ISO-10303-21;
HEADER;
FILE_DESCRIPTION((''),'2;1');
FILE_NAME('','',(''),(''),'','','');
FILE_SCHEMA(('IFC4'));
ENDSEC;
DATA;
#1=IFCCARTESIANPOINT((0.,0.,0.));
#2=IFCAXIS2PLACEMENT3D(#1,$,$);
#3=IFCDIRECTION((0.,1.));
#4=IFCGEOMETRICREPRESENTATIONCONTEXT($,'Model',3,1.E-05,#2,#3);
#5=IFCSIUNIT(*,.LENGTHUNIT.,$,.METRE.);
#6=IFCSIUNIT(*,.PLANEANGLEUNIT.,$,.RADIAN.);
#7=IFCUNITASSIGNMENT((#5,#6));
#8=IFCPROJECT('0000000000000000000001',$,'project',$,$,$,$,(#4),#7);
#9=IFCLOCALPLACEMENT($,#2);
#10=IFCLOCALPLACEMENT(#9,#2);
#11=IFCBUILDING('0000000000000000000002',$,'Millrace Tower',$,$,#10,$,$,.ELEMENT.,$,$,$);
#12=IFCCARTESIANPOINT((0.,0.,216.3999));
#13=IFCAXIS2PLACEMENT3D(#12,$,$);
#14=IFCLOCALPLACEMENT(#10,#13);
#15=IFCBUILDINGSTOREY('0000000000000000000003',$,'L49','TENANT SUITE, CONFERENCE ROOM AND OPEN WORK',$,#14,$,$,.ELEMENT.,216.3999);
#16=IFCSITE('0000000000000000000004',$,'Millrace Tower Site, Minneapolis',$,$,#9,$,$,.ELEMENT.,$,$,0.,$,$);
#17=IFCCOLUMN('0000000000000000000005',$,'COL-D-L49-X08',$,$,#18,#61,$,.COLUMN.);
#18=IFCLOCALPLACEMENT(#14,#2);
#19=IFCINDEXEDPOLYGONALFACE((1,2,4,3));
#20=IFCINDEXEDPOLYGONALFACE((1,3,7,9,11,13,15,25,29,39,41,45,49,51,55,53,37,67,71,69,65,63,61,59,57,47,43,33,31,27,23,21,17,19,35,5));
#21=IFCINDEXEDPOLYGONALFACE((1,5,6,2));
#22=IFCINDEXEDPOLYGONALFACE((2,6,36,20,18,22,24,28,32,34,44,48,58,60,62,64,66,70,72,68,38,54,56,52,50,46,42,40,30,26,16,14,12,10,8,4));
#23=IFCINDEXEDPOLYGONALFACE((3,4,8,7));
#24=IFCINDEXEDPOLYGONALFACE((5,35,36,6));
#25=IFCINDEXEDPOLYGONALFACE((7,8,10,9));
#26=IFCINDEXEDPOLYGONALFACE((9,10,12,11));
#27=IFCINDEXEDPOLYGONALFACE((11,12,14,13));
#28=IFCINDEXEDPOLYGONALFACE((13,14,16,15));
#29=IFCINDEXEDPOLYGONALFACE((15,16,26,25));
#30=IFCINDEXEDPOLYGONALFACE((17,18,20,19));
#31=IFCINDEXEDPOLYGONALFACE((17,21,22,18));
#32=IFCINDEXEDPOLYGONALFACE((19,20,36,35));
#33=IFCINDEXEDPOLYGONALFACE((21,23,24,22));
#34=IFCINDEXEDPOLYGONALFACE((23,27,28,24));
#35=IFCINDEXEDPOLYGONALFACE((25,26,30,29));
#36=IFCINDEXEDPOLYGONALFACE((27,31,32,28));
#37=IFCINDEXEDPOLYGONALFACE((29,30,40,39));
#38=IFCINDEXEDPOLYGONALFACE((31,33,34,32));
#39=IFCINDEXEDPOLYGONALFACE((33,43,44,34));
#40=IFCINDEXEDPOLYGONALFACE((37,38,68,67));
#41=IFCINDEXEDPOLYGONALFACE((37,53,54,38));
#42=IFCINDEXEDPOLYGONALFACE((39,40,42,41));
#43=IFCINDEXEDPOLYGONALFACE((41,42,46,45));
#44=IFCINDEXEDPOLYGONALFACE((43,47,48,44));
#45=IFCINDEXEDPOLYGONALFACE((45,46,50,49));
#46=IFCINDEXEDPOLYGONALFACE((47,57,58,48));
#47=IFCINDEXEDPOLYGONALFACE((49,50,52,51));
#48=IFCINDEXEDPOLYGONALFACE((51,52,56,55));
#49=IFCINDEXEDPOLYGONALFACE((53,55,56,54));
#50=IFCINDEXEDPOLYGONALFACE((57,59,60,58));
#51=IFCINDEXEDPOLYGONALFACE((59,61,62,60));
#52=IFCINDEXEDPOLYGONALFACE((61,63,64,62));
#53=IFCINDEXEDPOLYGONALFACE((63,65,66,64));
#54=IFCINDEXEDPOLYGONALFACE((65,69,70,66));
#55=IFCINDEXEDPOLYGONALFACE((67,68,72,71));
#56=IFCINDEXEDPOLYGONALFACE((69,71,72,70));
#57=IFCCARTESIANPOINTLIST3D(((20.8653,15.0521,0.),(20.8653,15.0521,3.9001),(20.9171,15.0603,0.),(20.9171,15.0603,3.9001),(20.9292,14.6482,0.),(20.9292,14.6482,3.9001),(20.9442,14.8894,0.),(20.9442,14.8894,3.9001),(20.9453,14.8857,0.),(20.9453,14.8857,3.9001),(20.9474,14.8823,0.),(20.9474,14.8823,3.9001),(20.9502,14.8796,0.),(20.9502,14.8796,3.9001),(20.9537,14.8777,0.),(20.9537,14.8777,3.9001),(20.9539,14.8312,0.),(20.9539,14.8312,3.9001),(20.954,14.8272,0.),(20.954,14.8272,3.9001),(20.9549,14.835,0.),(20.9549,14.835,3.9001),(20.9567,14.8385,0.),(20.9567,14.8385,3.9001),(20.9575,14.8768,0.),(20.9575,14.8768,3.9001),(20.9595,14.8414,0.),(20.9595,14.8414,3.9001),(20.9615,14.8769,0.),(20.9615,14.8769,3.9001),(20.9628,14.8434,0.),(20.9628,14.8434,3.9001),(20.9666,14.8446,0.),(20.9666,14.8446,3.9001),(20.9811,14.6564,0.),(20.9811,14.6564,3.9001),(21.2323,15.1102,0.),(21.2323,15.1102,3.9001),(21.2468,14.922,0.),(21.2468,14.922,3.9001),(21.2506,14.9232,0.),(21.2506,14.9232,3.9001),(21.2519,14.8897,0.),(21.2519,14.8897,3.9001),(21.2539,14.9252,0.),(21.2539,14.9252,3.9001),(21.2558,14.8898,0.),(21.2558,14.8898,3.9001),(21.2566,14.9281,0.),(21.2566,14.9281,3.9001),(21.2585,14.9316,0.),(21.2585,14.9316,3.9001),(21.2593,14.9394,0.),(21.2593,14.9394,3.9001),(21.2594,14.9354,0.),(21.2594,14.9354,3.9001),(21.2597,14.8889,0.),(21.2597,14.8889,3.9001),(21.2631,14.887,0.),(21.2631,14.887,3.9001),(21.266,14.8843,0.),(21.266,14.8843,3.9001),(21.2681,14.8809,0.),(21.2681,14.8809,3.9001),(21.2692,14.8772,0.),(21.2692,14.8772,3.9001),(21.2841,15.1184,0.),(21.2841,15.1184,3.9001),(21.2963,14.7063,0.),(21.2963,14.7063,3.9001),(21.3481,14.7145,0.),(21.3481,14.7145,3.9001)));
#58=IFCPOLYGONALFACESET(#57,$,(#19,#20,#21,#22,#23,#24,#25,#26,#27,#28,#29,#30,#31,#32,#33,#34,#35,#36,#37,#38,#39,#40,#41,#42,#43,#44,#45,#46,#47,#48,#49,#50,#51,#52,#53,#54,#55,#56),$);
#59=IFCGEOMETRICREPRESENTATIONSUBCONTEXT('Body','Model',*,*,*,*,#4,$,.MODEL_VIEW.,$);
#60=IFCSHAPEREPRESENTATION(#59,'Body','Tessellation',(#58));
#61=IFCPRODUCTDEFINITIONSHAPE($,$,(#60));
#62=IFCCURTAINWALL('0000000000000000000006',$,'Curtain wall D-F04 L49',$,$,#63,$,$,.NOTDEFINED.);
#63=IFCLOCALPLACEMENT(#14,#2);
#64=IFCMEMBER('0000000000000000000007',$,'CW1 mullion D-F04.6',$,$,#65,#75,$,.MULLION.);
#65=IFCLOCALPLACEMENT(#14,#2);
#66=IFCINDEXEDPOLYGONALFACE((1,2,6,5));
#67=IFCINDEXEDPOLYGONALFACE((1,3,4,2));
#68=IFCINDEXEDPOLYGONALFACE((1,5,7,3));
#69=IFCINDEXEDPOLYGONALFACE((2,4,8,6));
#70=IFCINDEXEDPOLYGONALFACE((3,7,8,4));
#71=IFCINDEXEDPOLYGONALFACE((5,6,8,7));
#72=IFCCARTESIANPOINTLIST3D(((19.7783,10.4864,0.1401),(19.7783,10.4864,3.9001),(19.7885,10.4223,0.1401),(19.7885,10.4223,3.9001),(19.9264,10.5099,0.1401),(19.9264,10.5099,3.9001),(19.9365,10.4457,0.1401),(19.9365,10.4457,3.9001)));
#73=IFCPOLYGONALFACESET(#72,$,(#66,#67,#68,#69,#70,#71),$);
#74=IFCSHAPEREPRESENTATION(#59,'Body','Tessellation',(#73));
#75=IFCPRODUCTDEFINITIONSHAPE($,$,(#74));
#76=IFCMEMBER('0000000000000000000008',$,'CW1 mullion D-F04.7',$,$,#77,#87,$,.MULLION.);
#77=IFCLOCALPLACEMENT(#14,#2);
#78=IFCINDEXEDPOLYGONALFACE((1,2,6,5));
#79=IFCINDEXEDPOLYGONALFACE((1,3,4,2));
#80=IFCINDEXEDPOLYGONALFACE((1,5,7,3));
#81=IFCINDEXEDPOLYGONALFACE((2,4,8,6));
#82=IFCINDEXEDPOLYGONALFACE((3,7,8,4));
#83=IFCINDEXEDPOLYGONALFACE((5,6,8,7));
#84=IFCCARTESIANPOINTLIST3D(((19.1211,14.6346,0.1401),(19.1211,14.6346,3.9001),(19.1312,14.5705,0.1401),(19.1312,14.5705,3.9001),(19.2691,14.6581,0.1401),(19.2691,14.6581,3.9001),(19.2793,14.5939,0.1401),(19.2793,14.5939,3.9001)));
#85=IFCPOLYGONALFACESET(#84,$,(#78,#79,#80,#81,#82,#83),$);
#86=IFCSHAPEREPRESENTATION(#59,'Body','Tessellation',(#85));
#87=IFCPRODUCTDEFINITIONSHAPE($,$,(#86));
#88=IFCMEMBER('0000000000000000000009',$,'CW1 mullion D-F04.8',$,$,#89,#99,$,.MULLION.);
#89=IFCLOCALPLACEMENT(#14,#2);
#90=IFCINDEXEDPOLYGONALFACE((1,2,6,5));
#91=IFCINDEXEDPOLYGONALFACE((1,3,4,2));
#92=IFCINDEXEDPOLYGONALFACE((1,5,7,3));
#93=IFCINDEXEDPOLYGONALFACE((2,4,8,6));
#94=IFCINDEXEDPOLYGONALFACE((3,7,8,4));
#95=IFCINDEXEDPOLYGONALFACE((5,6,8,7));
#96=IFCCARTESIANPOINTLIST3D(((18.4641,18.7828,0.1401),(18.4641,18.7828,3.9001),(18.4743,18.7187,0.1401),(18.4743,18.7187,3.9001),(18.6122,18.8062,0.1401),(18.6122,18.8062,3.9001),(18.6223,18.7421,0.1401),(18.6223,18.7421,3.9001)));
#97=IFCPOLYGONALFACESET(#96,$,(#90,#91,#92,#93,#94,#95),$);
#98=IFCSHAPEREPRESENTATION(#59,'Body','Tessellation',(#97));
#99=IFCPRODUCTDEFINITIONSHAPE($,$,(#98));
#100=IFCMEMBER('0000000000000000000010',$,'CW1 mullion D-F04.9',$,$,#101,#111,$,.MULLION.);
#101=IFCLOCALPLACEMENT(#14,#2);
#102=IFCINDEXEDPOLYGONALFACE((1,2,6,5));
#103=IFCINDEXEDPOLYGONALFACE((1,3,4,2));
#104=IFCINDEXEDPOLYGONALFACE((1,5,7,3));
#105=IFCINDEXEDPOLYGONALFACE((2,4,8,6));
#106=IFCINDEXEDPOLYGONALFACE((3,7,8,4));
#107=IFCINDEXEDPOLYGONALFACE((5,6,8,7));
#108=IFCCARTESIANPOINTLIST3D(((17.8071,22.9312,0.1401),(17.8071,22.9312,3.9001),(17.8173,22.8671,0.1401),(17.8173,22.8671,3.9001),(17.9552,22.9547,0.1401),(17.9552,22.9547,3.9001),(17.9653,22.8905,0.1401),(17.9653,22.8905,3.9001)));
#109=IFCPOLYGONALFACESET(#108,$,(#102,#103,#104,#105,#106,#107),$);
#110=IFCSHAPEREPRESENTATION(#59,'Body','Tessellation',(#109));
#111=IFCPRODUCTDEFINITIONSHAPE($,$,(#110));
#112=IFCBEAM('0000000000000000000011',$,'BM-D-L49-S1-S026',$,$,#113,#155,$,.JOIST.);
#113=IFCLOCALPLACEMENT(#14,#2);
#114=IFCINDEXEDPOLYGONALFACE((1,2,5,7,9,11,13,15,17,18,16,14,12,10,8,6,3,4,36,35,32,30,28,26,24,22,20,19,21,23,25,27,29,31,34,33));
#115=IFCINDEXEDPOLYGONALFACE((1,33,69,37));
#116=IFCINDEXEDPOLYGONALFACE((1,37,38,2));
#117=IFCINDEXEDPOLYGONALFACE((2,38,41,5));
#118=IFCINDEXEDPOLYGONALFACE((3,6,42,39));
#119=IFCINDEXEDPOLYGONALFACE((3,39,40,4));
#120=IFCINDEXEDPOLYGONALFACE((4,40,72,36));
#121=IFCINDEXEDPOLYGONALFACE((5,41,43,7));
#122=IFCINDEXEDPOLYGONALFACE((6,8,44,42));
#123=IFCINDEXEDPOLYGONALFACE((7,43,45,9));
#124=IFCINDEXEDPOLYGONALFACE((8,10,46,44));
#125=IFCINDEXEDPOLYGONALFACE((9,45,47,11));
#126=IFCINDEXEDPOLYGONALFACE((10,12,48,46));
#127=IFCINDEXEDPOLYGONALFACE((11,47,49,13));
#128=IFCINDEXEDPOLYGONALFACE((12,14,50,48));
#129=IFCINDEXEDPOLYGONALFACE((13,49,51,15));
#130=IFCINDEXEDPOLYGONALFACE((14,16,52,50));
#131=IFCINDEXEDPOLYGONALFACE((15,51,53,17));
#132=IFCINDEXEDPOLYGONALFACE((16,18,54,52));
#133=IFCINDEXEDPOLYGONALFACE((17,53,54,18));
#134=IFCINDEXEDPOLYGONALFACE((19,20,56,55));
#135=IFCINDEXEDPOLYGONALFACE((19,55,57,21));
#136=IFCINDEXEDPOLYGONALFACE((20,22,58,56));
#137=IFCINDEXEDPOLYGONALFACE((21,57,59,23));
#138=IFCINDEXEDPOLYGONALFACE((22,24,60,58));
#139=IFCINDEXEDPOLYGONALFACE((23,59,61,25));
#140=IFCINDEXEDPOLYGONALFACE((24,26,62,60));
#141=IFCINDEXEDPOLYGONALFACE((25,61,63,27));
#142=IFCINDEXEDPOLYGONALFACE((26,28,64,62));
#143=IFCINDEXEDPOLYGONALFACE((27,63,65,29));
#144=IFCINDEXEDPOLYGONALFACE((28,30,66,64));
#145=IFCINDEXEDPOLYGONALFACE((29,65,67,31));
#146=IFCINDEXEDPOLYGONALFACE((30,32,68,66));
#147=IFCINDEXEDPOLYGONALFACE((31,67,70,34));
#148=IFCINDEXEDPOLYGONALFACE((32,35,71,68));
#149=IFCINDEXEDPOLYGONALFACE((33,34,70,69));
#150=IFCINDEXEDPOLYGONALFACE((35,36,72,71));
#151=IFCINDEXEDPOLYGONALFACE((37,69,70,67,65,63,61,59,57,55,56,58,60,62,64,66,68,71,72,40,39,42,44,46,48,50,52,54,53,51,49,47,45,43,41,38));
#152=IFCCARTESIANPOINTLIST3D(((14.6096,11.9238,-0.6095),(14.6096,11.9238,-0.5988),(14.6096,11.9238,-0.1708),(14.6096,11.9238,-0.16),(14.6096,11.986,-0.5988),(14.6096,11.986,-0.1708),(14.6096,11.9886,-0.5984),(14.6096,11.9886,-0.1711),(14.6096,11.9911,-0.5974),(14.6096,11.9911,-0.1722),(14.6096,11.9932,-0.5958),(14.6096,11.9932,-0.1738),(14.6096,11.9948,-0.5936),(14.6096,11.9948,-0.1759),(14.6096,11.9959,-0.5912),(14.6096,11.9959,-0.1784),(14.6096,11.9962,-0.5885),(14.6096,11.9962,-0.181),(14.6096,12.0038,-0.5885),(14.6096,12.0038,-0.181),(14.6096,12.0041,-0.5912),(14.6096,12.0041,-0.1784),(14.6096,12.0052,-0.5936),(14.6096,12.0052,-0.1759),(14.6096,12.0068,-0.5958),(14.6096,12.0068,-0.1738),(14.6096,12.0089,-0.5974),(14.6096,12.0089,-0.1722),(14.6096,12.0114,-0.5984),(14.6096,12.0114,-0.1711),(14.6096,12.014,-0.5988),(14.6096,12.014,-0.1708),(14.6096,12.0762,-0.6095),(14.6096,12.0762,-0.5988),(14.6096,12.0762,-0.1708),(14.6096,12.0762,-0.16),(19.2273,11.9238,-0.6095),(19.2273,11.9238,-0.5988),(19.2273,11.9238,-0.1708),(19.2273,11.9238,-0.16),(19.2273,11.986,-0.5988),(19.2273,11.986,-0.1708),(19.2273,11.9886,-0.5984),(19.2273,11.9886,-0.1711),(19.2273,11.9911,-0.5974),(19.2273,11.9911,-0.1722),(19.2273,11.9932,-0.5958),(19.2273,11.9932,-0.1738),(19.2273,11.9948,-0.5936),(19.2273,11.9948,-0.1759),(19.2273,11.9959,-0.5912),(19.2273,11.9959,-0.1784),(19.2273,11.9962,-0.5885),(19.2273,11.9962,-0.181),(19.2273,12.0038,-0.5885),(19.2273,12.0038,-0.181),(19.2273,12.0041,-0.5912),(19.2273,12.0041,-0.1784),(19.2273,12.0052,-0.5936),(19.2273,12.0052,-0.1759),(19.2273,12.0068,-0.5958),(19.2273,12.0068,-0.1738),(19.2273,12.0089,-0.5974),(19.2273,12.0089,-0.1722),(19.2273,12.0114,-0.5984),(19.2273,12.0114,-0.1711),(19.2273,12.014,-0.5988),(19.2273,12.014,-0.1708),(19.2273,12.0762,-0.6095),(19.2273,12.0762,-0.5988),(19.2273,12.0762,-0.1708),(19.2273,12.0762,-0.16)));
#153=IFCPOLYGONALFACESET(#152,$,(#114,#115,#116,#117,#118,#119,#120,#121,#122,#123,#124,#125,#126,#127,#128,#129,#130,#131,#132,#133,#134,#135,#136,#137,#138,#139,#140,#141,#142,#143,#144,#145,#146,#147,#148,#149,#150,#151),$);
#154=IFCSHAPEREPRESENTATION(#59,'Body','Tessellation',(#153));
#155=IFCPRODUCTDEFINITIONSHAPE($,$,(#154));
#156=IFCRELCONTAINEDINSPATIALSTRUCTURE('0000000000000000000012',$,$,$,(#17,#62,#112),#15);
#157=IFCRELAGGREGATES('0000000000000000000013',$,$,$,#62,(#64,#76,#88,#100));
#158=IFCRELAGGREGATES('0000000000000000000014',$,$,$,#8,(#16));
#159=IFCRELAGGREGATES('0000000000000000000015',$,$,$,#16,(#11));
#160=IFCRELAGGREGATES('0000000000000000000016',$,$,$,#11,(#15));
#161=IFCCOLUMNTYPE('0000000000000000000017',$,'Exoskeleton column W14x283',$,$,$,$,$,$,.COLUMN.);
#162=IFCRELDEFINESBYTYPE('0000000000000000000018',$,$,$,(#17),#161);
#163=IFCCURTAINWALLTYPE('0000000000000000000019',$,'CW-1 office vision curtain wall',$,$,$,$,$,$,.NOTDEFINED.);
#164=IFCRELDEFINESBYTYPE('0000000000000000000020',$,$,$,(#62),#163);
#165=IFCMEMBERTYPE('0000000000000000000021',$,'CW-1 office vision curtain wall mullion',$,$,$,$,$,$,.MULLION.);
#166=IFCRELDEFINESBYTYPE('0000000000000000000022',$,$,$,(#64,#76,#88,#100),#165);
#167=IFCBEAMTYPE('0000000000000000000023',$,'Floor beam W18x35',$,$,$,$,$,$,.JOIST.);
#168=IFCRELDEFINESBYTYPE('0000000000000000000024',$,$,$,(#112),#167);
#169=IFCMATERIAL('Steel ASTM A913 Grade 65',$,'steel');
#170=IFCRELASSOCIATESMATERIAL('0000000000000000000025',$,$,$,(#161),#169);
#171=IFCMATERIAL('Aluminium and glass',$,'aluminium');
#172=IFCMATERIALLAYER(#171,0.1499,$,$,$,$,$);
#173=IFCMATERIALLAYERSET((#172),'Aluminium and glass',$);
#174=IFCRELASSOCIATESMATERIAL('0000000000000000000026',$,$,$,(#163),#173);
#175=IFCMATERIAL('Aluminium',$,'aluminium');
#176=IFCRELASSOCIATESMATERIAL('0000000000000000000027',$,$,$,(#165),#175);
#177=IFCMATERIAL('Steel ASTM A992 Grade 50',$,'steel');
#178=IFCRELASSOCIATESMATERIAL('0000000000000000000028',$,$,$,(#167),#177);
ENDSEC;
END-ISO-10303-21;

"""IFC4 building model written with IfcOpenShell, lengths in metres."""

from ifc_helpers import new_model, si_unit, direction, frame, origin, origin_2d, place, context, subcontext, project, spatial, rectangle, i_section, extrude, material, layer, layer_set, material_profile, profile_set, type_object, element, aggregate, save


model = new_model("IFC4")

# Units and contexts
model_context = context("Model", 3, precision=1e-05, world=origin(), true_north=direction((0.0, 1.0)))
body_context = subcontext(model_context, "Body", "Model", "MODEL_VIEW")
ifc_project = project(units=[si_unit("LENGTHUNIT", "METRE"), si_unit("PLANEANGLEUNIT", "RADIAN")], contexts=[model_context])

# Site, building, storey
site_placement = place(None, origin())
site = spatial("IfcSite", under=ifc_project, at=site_placement, Name="Millrace Tower Site, Minneapolis", CompositionType="ELEMENT", RefElevation=0.0)
building_placement = place(site_placement, origin())
building = spatial("IfcBuilding", under=site, at=building_placement, Name="Millrace Tower", CompositionType="ELEMENT")
storey_placement = place(building_placement, frame((0.0, 0.0, 216.3999)))
storey = spatial("IfcBuildingStorey", under=building, at=storey_placement, Name="L49", Description="TENANT SUITE, CONFERENCE ROOM AND OPEN WORK", CompositionType="ELEMENT", Elevation=216.3999)

# Column
ifc_material_1 = material(Name="Steel ASTM A913 Grade 65", Category="steel")
ifc_material_profile_1 = material_profile(ifc_material_1, i_section(OverallWidth=0.4089, OverallDepth=0.4241, WebThickness=0.0327, FlangeThickness=0.0525, FilletRadius=0.0151, at=origin_2d()))
ifc_profile_set_1 = profile_set([ifc_material_profile_1], Name="Steel ASTM A913 Grade 65")
column_type = type_object("IfcColumnType", Name="Exoskeleton column W14x283", PredefinedType="COLUMN", material=ifc_profile_set_1)
column_placement = place(storey_placement, frame((21.1067, 14.8833, 0.0), z_axis=(0.0, 0.0, 1.0), x_axis=(-0.156434, 0.987688, 0.0)))
element("IfcColumn", 1, at=column_placement, inside=storey, type_object=column_type, Name="COL-D-L49-X08", PredefinedType="COLUMN", context=body_context, shape_type="SweptSolid", body=[
    extrude(i_section(OverallWidth=0.4089, OverallDepth=0.4241, WebThickness=0.0327, FlangeThickness=0.0525, FilletRadius=0.0151, at=origin_2d()), origin(), (0.0, 0.0, 1.0), 3.9001),
])

# Curtain wall, members
ifc_material_2 = material(Name="Aluminium and glass", Category="aluminium")
ifc_layer_1 = layer(ifc_material_2, 0.1499)
ifc_layer_set_1 = layer_set([ifc_layer_1], Name="Aluminium and glass")
curtain_wall_type = type_object("IfcCurtainWallType", Name="CW-1 office vision curtain wall", PredefinedType="NOTDEFINED", material=ifc_layer_set_1)
curtain_wall_placement = place(storey_placement, origin())
curtain_wall = element("IfcCurtainWall", 2, at=curtain_wall_placement, inside=storey, type_object=curtain_wall_type, Name="Curtain wall D-F04 L49", PredefinedType="NOTDEFINED")
ifc_material_3 = material(Name="Aluminium", Category="aluminium")
ifc_material_profile_2 = material_profile(ifc_material_3, rectangle(XDim=0.0649, YDim=0.1499, at=origin_2d()))
ifc_profile_set_2 = profile_set([ifc_material_profile_2], Name="Aluminium")
member_type = type_object("IfcMemberType", Name="CW-1 office vision curtain wall mullion", PredefinedType="MULLION", material=ifc_profile_set_2)
member_1_placement = place(storey_placement, frame((19.8574, 10.4661, 0.1401), z_axis=(0.0, 0.0, 1.0), x_axis=(-0.156434, 0.987688, 0.0)))
member_1 = element("IfcMember", 3, at=member_1_placement, type_object=member_type, Name="CW1 mullion D-F04.6", PredefinedType="MULLION", context=body_context, shape_type="SweptSolid", body=[
    extrude(rectangle(XDim=0.0649, YDim=0.1499, at=origin_2d()), origin(), (0.0, 0.0, 1.0), 3.76),
])
member_2_placement = place(storey_placement, frame((19.2002, 14.6143, 0.1401), z_axis=(0.0, 0.0, 1.0), x_axis=(-0.156434, 0.987688, 0.0)))
member_2 = element("IfcMember", 4, at=member_2_placement, type_object=member_type, Name="CW1 mullion D-F04.7", PredefinedType="MULLION", context=body_context, shape_type="SweptSolid", body=[
    extrude(rectangle(XDim=0.0649, YDim=0.1499, at=origin_2d()), origin(), (0.0, 0.0, 1.0), 3.76),
])
member_3_placement = place(storey_placement, frame((18.5432, 18.7625, 0.1401), z_axis=(0.0, 0.0, 1.0), x_axis=(-0.156434, 0.987688, 0.0)))
member_3 = element("IfcMember", 5, at=member_3_placement, type_object=member_type, Name="CW1 mullion D-F04.8", PredefinedType="MULLION", context=body_context, shape_type="SweptSolid", body=[
    extrude(rectangle(XDim=0.0649, YDim=0.1499, at=origin_2d()), origin(), (0.0, 0.0, 1.0), 3.76),
])
member_4_placement = place(storey_placement, frame((17.8862, 22.9109, 0.1401), z_axis=(0.0, 0.0, 1.0), x_axis=(-0.156434, 0.987688, 0.0)))
member_4 = element("IfcMember", 6, at=member_4_placement, type_object=member_type, Name="CW1 mullion D-F04.9", PredefinedType="MULLION", context=body_context, shape_type="SweptSolid", body=[
    extrude(rectangle(XDim=0.0649, YDim=0.1499, at=origin_2d()), origin(), (0.0, 0.0, 1.0), 3.76),
])
aggregate(curtain_wall, [member_1, member_2, member_3, member_4])

# Beam
ifc_material_4 = material(Name="Steel ASTM A992 Grade 50", Category="steel")
ifc_material_profile_3 = material_profile(ifc_material_4, i_section(OverallWidth=0.1523, OverallDepth=0.4495, WebThickness=0.0076, FlangeThickness=0.0107, FilletRadius=0.0103, at=origin_2d()))
ifc_profile_set_3 = profile_set([ifc_material_profile_3], Name="Steel ASTM A992 Grade 50")
beam_type_1 = type_object("IfcBeamType", Name="Floor beam W18x35", PredefinedType="JOIST", material=ifc_profile_set_3)
beam_1_placement = place(storey_placement, frame((14.6096, 12.0, -0.3848), z_axis=(1.0, 0.0, 0.0), x_axis=(0.0, 1.0, 0.0)))
element("IfcBeam", 7, at=beam_1_placement, inside=storey, type_object=beam_type_1, Name="BM-D-L49-S1-S026", PredefinedType="JOIST", context=body_context, shape_type="SweptSolid", body=[
    extrude(i_section(OverallWidth=0.1523, OverallDepth=0.4495, WebThickness=0.0076, FlangeThickness=0.0107, FilletRadius=0.0103, at=origin_2d()), origin(), (0.0, 0.0, 1.0), 4.6177),
])

save(model, "model.ifc")
